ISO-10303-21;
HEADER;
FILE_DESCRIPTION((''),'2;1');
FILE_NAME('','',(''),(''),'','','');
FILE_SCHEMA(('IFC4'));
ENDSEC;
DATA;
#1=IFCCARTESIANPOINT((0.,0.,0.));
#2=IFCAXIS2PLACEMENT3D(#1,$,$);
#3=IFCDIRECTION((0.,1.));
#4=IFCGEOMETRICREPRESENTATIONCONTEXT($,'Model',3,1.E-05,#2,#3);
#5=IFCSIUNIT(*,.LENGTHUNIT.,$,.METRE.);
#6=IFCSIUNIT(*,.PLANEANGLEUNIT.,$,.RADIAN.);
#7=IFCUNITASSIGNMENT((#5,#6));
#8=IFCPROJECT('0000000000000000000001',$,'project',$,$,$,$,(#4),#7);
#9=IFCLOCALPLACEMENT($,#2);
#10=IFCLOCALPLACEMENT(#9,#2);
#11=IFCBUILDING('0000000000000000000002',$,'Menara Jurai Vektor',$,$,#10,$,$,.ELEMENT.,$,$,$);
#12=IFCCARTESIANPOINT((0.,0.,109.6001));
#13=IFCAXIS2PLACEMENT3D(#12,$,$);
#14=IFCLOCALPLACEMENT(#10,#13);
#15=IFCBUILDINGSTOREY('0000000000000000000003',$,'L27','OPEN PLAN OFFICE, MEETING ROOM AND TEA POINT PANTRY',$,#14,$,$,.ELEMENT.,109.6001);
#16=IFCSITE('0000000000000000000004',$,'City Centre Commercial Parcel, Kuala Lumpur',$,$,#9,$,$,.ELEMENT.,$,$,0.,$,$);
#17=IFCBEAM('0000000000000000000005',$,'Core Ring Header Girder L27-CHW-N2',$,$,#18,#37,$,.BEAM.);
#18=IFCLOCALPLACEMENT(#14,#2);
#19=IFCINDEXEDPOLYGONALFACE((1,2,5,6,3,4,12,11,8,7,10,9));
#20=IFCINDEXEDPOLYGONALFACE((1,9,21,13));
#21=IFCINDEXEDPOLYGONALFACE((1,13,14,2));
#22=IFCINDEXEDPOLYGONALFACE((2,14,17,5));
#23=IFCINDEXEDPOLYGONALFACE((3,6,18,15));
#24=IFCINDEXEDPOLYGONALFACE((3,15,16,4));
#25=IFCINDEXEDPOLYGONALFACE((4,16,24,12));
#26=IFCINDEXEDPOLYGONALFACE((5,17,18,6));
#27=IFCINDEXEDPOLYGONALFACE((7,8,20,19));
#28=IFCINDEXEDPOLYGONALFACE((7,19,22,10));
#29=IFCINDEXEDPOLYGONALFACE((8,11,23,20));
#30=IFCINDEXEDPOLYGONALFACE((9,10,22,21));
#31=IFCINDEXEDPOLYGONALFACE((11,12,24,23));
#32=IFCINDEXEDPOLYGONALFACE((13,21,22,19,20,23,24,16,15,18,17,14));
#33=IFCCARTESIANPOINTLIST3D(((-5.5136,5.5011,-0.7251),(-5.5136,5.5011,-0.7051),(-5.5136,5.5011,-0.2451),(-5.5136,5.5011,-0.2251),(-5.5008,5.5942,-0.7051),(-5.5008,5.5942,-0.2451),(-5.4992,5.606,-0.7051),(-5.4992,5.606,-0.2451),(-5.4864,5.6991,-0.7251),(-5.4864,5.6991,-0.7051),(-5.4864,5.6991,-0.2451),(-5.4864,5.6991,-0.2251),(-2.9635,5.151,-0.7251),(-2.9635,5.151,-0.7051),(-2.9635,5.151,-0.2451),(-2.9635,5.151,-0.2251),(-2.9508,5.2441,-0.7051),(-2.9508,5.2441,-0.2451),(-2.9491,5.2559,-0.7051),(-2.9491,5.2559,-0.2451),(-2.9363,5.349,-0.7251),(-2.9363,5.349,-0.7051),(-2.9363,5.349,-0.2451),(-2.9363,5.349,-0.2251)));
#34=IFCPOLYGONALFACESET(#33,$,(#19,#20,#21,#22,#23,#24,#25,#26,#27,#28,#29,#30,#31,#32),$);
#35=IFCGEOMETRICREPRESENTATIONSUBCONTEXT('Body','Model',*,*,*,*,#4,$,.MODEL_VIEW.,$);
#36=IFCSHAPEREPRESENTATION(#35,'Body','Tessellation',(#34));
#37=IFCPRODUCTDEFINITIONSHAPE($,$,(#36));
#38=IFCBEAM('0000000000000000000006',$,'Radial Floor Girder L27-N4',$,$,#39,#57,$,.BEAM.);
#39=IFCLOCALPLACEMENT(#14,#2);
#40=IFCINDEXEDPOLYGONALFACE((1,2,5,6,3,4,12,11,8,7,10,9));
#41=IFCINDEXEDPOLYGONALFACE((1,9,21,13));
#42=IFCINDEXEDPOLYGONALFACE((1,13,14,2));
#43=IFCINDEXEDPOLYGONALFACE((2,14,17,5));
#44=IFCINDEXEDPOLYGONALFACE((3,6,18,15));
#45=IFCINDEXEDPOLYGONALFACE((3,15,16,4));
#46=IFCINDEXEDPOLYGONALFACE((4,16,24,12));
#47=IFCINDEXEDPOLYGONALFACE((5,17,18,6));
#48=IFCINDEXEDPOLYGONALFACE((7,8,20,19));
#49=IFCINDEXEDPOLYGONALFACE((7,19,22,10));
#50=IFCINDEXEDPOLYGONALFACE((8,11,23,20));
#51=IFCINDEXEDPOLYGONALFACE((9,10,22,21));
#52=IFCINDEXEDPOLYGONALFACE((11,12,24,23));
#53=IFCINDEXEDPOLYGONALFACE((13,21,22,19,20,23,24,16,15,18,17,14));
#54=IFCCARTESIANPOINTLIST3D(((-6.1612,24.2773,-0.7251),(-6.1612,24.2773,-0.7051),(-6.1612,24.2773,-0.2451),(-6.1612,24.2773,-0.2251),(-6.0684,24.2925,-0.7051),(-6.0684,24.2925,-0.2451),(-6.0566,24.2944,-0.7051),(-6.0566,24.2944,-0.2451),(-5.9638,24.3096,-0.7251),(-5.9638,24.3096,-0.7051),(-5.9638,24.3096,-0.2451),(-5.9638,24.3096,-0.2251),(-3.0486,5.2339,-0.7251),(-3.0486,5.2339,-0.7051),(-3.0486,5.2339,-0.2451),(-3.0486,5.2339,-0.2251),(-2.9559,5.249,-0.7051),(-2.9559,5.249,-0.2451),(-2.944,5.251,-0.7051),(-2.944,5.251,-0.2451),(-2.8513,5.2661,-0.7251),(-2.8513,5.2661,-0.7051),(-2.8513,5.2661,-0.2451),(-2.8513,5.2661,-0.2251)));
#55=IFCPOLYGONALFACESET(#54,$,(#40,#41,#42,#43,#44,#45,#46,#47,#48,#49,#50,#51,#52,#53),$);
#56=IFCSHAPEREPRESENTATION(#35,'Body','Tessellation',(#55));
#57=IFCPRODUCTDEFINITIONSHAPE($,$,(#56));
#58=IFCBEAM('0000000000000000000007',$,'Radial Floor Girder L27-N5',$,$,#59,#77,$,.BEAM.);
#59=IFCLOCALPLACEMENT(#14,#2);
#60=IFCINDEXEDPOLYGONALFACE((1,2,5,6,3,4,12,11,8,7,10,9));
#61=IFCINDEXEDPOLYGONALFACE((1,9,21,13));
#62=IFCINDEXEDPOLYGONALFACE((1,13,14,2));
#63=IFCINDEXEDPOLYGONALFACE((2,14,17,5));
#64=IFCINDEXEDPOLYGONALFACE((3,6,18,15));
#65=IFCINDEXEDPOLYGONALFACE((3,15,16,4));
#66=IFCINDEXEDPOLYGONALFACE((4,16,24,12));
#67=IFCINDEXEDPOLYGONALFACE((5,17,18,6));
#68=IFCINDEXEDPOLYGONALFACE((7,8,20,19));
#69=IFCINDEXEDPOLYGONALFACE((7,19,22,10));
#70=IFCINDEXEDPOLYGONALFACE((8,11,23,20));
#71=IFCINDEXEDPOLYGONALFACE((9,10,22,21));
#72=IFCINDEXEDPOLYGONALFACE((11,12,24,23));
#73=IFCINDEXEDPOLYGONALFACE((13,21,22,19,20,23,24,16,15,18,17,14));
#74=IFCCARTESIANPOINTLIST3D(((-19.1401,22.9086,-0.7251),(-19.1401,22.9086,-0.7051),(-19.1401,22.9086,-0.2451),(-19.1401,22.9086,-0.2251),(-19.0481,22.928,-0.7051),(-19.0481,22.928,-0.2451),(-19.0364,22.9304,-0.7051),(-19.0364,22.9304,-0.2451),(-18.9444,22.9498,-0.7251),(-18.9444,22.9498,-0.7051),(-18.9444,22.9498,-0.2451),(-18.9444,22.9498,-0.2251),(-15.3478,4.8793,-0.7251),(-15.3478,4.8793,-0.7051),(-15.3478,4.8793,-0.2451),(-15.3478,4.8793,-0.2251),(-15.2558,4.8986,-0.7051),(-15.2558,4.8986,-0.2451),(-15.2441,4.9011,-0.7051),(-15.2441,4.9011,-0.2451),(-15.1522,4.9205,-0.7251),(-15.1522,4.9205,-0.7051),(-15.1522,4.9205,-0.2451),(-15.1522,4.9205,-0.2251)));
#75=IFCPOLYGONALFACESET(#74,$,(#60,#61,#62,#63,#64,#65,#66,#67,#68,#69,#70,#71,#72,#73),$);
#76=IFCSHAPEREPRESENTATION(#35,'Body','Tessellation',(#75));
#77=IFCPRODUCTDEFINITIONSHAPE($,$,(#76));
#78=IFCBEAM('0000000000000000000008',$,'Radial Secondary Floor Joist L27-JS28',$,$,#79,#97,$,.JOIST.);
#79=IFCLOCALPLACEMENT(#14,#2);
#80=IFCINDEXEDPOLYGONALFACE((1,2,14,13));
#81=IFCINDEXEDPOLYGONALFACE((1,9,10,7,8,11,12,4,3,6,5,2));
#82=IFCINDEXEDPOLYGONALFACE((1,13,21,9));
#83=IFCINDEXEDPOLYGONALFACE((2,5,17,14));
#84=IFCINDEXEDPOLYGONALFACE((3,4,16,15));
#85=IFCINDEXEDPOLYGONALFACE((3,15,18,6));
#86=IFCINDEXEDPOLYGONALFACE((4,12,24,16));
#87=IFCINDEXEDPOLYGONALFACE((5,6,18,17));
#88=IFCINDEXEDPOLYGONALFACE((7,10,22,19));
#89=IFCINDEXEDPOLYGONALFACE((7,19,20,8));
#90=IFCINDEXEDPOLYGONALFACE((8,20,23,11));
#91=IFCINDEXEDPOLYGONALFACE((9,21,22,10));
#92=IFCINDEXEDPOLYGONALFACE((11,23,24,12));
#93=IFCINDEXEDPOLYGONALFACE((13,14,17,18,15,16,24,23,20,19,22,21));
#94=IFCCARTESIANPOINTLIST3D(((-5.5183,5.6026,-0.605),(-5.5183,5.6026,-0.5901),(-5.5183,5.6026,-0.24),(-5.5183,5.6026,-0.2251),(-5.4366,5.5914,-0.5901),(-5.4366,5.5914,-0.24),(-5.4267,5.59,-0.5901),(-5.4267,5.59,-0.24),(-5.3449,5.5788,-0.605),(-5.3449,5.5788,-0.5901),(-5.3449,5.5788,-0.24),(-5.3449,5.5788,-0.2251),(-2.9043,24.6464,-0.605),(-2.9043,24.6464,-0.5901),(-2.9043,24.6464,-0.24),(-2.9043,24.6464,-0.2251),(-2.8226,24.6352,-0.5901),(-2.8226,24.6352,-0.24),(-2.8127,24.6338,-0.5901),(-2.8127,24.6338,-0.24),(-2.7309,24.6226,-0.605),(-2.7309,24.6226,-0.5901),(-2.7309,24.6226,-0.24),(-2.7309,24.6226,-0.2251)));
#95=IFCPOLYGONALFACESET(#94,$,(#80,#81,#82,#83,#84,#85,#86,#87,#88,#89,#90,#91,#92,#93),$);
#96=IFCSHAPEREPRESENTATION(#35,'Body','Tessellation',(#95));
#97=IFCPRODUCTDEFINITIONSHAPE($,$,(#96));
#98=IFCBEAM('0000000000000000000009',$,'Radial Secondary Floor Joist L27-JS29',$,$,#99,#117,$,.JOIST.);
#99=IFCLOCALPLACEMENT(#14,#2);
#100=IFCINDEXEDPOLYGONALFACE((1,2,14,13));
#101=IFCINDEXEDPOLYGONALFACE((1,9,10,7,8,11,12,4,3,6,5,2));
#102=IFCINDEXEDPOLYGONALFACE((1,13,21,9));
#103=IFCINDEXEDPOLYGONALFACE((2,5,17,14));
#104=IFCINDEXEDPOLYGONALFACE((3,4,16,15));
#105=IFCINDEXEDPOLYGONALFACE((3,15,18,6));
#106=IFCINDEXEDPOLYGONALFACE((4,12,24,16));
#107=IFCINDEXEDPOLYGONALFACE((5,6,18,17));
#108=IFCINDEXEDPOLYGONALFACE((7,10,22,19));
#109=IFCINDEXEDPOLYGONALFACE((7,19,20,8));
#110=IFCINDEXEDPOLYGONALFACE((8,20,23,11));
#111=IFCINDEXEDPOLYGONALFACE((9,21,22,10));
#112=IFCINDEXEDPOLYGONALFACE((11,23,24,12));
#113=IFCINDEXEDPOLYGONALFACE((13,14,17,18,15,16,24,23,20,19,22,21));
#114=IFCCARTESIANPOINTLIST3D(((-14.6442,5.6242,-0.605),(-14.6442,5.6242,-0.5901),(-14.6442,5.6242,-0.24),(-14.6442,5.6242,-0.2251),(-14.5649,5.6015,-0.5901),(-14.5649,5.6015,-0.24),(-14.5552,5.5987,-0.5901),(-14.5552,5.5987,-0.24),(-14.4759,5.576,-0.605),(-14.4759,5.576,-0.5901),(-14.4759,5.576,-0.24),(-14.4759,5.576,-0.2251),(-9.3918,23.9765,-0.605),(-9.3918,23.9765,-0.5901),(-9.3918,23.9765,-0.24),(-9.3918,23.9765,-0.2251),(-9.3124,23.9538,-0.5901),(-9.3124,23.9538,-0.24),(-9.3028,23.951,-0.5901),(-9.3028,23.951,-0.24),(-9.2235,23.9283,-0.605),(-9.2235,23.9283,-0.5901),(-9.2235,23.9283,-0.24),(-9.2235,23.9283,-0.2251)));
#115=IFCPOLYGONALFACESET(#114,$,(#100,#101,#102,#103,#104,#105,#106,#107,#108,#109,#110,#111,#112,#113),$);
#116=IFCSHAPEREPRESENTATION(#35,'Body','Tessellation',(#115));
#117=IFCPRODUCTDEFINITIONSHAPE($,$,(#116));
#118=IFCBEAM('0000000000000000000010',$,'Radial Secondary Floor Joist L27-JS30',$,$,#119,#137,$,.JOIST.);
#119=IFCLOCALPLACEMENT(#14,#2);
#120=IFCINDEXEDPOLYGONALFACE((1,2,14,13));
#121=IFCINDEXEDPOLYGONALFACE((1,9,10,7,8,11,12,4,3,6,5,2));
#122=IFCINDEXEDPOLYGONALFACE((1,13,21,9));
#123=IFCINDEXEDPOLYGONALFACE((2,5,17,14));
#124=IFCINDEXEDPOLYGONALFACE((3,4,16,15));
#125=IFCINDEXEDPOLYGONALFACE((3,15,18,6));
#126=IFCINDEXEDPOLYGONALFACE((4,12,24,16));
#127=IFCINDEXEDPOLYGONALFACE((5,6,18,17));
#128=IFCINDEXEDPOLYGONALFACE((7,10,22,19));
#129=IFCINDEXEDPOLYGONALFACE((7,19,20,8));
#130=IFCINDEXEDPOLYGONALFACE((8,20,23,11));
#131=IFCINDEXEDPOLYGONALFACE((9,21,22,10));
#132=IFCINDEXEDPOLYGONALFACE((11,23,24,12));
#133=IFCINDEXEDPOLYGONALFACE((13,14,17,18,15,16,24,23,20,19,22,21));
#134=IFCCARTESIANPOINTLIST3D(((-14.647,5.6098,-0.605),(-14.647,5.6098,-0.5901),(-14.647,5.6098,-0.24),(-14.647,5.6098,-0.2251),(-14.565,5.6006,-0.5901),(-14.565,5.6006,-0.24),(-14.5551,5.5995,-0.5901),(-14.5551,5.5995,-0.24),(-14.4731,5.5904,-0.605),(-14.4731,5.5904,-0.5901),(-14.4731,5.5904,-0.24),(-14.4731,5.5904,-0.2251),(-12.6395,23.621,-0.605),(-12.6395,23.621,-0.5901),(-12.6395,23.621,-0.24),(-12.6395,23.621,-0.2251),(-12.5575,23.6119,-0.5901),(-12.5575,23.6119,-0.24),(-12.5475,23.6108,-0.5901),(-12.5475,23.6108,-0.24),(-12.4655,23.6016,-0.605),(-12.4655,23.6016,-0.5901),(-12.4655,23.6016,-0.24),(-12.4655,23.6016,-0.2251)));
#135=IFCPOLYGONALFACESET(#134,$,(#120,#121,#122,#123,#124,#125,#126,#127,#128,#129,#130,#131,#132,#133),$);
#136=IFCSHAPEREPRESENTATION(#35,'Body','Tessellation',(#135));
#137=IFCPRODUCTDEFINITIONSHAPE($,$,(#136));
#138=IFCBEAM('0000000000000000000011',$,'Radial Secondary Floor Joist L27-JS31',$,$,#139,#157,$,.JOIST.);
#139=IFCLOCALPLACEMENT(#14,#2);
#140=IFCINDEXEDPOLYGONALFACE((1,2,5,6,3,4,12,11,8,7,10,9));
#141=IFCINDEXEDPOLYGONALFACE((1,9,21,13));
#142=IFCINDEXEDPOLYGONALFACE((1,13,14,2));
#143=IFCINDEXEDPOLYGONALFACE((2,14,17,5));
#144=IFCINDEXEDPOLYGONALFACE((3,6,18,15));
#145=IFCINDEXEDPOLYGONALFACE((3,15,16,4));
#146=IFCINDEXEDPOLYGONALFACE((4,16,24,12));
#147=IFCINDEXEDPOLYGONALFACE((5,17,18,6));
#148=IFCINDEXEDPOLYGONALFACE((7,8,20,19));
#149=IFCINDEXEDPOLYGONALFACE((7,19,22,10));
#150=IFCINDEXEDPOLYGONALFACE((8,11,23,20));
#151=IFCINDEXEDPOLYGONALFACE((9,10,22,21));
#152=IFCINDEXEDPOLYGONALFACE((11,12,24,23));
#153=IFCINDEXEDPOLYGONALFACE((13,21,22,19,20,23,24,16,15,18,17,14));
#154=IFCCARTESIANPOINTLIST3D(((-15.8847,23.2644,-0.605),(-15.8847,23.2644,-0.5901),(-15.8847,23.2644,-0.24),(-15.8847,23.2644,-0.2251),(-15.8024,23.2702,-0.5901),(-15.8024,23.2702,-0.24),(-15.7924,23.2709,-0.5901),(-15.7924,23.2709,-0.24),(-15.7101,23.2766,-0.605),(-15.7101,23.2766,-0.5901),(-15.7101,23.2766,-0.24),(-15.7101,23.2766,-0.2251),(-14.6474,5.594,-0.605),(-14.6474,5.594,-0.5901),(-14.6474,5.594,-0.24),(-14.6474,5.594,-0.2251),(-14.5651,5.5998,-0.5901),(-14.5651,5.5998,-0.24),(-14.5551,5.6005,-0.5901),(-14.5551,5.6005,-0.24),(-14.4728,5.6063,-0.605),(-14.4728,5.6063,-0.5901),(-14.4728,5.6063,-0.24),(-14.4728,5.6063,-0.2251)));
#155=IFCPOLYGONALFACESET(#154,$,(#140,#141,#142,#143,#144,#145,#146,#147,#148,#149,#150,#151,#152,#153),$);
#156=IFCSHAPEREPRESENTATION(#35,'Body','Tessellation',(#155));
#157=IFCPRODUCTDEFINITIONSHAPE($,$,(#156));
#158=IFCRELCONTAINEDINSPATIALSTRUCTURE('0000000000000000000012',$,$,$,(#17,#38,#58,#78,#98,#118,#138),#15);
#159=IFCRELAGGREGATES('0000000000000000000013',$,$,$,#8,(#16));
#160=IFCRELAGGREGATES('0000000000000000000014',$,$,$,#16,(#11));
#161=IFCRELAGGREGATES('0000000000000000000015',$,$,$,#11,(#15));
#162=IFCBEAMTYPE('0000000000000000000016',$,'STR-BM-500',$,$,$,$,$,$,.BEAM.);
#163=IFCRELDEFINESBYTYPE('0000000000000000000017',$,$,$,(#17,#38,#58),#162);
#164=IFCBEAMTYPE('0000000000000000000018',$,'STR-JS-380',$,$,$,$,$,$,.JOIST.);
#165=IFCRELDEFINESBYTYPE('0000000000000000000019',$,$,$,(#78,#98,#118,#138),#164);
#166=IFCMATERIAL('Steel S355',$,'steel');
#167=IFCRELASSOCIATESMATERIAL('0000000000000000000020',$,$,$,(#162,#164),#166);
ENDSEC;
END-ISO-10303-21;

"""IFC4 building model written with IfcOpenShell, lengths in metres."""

from ifc_helpers import new_model, si_unit, direction, frame, origin, origin_2d, place, context, subcontext, project, spatial, i_section, extrude, material, material_profile, profile_set, type_object, element, save


model = new_model("IFC4")

# Units and contexts
model_context = context("Model", 3, precision=1e-05, world=origin(), true_north=direction((0.0, 1.0)))
body_context = subcontext(model_context, "Body", "Model", "MODEL_VIEW")
ifc_project = project(units=[si_unit("LENGTHUNIT", "METRE"), si_unit("PLANEANGLEUNIT", "RADIAN")], contexts=[model_context])

# Site, building, storey
site_placement = place(None, origin())
site = spatial("IfcSite", under=ifc_project, at=site_placement, Name="City Centre Commercial Parcel, Kuala Lumpur", CompositionType="ELEMENT", RefElevation=0.0)
building_placement = place(site_placement, origin())
building = spatial("IfcBuilding", under=site, at=building_placement, Name="Menara Jurai Vektor", CompositionType="ELEMENT")
storey_placement = place(building_placement, frame((0.0, 0.0, 109.6001)))
storey = spatial("IfcBuildingStorey", under=building, at=storey_placement, Name="L27", Description="OPEN PLAN OFFICE, MEETING ROOM AND TEA POINT PANTRY", CompositionType="ELEMENT", Elevation=109.6001)

# Beams
ifc_material_1 = material(Name="Steel S355", Category="steel")
ifc_material_profile_1 = material_profile(ifc_material_1, i_section(OverallWidth=0.2, OverallDepth=0.5, WebThickness=0.012, FlangeThickness=0.02, at=origin_2d()), Name="PG 500x200x96")
ifc_profile_set_1 = profile_set([ifc_material_profile_1], Name="Steel S355")
beam_type_1 = type_object("IfcBeamType", Name="STR-BM-500", PredefinedType="BEAM", material=ifc_profile_set_1)
beam_1_placement = place(storey_placement, frame((-5.5, 5.6001, -0.4751), z_axis=(0.990707, -0.136015, 0.0), x_axis=(0.136015, 0.990707, 0.0)))
element("IfcBeam", 1, at=beam_1_placement, inside=storey, type_object=beam_type_1, Name="Core Ring Header Girder L27-CHW-N2", PredefinedType="BEAM", context=body_context, shape_type="SweptSolid", body=[
    extrude(i_section(OverallWidth=0.2, OverallDepth=0.5, WebThickness=0.012, FlangeThickness=0.02, at=origin_2d()), origin(), (0.0, 0.0, 1.0), 2.574),
])
beam_2_placement = place(storey_placement, frame((-6.0625, 24.2935, -0.4751), z_axis=(0.161304, -0.986905, 0.0), x_axis=(0.986905, 0.161304, 0.0)))
element("IfcBeam", 2, at=beam_2_placement, inside=storey, type_object=beam_type_1, Name="Radial Floor Girder L27-N4", PredefinedType="BEAM", context=body_context, shape_type="SweptSolid", body=[
    extrude(i_section(OverallWidth=0.2, OverallDepth=0.5, WebThickness=0.012, FlangeThickness=0.02, at=origin_2d()), origin(), (0.0, 0.0, 1.0), 19.2961),
])
beam_3_placement = place(storey_placement, frame((-19.0422, 22.9292, -0.4751), z_axis=(0.205833, -0.978587, 0.0), x_axis=(0.978587, 0.205833, 0.0)))
element("IfcBeam", 3, at=beam_3_placement, inside=storey, type_object=beam_type_1, Name="Radial Floor Girder L27-N5", PredefinedType="BEAM", context=body_context, shape_type="SweptSolid", body=[
    extrude(i_section(OverallWidth=0.2, OverallDepth=0.5, WebThickness=0.012, FlangeThickness=0.02, at=origin_2d()), origin(), (0.0, 0.0, 1.0), 18.4238),
])
ifc_material_profile_2 = material_profile(ifc_material_1, i_section(OverallWidth=0.175, OverallDepth=0.3799, WebThickness=0.01, FlangeThickness=0.0149, at=origin_2d()), Name="PG 380x175x58")
ifc_profile_set_2 = profile_set([ifc_material_profile_2], Name="Steel S355")
beam_type_2 = type_object("IfcBeamType", Name="STR-JS-380", PredefinedType="JOIST", material=ifc_profile_set_2)
beam_4_placement = place(storey_placement, frame((-2.8176, 24.6345, -0.415), z_axis=(-0.135987, -0.990711, 0.0), x_axis=(0.990711, -0.135987, 0.0)))
element("IfcBeam", 4, at=beam_4_placement, inside=storey, type_object=beam_type_2, Name="Radial Secondary Floor Joist L27-JS28", PredefinedType="JOIST", context=body_context, shape_type="SweptSolid", body=[
    extrude(i_section(OverallWidth=0.175, OverallDepth=0.3799, WebThickness=0.01, FlangeThickness=0.0149, at=origin_2d()), origin(), (0.0, 0.0, 1.0), 19.2224),
])
beam_5_placement = place(storey_placement, frame((-9.3076, 23.9524, -0.415), z_axis=(-0.275154, -0.9614, 0.0), x_axis=(0.9614, -0.275154, 0.0)))
element("IfcBeam", 5, at=beam_5_placement, inside=storey, type_object=beam_type_2, Name="Radial Secondary Floor Joist L27-JS29", PredefinedType="JOIST", context=body_context, shape_type="SweptSolid", body=[
    extrude(i_section(OverallWidth=0.175, OverallDepth=0.3799, WebThickness=0.01, FlangeThickness=0.0149, at=origin_2d()), origin(), (0.0, 0.0, 1.0), 19.0891),
])
beam_6_placement = place(storey_placement, frame((-12.5525, 23.6113, -0.415), z_axis=(-0.110776, -0.993845, 0.0), x_axis=(0.993845, -0.110776, 0.0)))
element("IfcBeam", 6, at=beam_6_placement, inside=storey, type_object=beam_type_2, Name="Radial Secondary Floor Joist L27-JS30", PredefinedType="JOIST", context=body_context, shape_type="SweptSolid", body=[
    extrude(i_section(OverallWidth=0.175, OverallDepth=0.3799, WebThickness=0.01, FlangeThickness=0.0149, at=origin_2d()), origin(), (0.0, 0.0, 1.0), 18.1228),
])
beam_7_placement = place(storey_placement, frame((-15.7974, 23.2705, -0.415), z_axis=(0.06985, -0.997557, 0.0), x_axis=(0.997557, 0.06985, 0.0)))
element("IfcBeam", 7, at=beam_7_placement, inside=storey, type_object=beam_type_2, Name="Radial Secondary Floor Joist L27-JS31", PredefinedType="JOIST", context=body_context, shape_type="SweptSolid", body=[
    extrude(i_section(OverallWidth=0.175, OverallDepth=0.3799, WebThickness=0.01, FlangeThickness=0.0149, at=origin_2d()), origin(), (0.0, 0.0, 1.0), 17.7136),
])

save(model, "model.ifc")
